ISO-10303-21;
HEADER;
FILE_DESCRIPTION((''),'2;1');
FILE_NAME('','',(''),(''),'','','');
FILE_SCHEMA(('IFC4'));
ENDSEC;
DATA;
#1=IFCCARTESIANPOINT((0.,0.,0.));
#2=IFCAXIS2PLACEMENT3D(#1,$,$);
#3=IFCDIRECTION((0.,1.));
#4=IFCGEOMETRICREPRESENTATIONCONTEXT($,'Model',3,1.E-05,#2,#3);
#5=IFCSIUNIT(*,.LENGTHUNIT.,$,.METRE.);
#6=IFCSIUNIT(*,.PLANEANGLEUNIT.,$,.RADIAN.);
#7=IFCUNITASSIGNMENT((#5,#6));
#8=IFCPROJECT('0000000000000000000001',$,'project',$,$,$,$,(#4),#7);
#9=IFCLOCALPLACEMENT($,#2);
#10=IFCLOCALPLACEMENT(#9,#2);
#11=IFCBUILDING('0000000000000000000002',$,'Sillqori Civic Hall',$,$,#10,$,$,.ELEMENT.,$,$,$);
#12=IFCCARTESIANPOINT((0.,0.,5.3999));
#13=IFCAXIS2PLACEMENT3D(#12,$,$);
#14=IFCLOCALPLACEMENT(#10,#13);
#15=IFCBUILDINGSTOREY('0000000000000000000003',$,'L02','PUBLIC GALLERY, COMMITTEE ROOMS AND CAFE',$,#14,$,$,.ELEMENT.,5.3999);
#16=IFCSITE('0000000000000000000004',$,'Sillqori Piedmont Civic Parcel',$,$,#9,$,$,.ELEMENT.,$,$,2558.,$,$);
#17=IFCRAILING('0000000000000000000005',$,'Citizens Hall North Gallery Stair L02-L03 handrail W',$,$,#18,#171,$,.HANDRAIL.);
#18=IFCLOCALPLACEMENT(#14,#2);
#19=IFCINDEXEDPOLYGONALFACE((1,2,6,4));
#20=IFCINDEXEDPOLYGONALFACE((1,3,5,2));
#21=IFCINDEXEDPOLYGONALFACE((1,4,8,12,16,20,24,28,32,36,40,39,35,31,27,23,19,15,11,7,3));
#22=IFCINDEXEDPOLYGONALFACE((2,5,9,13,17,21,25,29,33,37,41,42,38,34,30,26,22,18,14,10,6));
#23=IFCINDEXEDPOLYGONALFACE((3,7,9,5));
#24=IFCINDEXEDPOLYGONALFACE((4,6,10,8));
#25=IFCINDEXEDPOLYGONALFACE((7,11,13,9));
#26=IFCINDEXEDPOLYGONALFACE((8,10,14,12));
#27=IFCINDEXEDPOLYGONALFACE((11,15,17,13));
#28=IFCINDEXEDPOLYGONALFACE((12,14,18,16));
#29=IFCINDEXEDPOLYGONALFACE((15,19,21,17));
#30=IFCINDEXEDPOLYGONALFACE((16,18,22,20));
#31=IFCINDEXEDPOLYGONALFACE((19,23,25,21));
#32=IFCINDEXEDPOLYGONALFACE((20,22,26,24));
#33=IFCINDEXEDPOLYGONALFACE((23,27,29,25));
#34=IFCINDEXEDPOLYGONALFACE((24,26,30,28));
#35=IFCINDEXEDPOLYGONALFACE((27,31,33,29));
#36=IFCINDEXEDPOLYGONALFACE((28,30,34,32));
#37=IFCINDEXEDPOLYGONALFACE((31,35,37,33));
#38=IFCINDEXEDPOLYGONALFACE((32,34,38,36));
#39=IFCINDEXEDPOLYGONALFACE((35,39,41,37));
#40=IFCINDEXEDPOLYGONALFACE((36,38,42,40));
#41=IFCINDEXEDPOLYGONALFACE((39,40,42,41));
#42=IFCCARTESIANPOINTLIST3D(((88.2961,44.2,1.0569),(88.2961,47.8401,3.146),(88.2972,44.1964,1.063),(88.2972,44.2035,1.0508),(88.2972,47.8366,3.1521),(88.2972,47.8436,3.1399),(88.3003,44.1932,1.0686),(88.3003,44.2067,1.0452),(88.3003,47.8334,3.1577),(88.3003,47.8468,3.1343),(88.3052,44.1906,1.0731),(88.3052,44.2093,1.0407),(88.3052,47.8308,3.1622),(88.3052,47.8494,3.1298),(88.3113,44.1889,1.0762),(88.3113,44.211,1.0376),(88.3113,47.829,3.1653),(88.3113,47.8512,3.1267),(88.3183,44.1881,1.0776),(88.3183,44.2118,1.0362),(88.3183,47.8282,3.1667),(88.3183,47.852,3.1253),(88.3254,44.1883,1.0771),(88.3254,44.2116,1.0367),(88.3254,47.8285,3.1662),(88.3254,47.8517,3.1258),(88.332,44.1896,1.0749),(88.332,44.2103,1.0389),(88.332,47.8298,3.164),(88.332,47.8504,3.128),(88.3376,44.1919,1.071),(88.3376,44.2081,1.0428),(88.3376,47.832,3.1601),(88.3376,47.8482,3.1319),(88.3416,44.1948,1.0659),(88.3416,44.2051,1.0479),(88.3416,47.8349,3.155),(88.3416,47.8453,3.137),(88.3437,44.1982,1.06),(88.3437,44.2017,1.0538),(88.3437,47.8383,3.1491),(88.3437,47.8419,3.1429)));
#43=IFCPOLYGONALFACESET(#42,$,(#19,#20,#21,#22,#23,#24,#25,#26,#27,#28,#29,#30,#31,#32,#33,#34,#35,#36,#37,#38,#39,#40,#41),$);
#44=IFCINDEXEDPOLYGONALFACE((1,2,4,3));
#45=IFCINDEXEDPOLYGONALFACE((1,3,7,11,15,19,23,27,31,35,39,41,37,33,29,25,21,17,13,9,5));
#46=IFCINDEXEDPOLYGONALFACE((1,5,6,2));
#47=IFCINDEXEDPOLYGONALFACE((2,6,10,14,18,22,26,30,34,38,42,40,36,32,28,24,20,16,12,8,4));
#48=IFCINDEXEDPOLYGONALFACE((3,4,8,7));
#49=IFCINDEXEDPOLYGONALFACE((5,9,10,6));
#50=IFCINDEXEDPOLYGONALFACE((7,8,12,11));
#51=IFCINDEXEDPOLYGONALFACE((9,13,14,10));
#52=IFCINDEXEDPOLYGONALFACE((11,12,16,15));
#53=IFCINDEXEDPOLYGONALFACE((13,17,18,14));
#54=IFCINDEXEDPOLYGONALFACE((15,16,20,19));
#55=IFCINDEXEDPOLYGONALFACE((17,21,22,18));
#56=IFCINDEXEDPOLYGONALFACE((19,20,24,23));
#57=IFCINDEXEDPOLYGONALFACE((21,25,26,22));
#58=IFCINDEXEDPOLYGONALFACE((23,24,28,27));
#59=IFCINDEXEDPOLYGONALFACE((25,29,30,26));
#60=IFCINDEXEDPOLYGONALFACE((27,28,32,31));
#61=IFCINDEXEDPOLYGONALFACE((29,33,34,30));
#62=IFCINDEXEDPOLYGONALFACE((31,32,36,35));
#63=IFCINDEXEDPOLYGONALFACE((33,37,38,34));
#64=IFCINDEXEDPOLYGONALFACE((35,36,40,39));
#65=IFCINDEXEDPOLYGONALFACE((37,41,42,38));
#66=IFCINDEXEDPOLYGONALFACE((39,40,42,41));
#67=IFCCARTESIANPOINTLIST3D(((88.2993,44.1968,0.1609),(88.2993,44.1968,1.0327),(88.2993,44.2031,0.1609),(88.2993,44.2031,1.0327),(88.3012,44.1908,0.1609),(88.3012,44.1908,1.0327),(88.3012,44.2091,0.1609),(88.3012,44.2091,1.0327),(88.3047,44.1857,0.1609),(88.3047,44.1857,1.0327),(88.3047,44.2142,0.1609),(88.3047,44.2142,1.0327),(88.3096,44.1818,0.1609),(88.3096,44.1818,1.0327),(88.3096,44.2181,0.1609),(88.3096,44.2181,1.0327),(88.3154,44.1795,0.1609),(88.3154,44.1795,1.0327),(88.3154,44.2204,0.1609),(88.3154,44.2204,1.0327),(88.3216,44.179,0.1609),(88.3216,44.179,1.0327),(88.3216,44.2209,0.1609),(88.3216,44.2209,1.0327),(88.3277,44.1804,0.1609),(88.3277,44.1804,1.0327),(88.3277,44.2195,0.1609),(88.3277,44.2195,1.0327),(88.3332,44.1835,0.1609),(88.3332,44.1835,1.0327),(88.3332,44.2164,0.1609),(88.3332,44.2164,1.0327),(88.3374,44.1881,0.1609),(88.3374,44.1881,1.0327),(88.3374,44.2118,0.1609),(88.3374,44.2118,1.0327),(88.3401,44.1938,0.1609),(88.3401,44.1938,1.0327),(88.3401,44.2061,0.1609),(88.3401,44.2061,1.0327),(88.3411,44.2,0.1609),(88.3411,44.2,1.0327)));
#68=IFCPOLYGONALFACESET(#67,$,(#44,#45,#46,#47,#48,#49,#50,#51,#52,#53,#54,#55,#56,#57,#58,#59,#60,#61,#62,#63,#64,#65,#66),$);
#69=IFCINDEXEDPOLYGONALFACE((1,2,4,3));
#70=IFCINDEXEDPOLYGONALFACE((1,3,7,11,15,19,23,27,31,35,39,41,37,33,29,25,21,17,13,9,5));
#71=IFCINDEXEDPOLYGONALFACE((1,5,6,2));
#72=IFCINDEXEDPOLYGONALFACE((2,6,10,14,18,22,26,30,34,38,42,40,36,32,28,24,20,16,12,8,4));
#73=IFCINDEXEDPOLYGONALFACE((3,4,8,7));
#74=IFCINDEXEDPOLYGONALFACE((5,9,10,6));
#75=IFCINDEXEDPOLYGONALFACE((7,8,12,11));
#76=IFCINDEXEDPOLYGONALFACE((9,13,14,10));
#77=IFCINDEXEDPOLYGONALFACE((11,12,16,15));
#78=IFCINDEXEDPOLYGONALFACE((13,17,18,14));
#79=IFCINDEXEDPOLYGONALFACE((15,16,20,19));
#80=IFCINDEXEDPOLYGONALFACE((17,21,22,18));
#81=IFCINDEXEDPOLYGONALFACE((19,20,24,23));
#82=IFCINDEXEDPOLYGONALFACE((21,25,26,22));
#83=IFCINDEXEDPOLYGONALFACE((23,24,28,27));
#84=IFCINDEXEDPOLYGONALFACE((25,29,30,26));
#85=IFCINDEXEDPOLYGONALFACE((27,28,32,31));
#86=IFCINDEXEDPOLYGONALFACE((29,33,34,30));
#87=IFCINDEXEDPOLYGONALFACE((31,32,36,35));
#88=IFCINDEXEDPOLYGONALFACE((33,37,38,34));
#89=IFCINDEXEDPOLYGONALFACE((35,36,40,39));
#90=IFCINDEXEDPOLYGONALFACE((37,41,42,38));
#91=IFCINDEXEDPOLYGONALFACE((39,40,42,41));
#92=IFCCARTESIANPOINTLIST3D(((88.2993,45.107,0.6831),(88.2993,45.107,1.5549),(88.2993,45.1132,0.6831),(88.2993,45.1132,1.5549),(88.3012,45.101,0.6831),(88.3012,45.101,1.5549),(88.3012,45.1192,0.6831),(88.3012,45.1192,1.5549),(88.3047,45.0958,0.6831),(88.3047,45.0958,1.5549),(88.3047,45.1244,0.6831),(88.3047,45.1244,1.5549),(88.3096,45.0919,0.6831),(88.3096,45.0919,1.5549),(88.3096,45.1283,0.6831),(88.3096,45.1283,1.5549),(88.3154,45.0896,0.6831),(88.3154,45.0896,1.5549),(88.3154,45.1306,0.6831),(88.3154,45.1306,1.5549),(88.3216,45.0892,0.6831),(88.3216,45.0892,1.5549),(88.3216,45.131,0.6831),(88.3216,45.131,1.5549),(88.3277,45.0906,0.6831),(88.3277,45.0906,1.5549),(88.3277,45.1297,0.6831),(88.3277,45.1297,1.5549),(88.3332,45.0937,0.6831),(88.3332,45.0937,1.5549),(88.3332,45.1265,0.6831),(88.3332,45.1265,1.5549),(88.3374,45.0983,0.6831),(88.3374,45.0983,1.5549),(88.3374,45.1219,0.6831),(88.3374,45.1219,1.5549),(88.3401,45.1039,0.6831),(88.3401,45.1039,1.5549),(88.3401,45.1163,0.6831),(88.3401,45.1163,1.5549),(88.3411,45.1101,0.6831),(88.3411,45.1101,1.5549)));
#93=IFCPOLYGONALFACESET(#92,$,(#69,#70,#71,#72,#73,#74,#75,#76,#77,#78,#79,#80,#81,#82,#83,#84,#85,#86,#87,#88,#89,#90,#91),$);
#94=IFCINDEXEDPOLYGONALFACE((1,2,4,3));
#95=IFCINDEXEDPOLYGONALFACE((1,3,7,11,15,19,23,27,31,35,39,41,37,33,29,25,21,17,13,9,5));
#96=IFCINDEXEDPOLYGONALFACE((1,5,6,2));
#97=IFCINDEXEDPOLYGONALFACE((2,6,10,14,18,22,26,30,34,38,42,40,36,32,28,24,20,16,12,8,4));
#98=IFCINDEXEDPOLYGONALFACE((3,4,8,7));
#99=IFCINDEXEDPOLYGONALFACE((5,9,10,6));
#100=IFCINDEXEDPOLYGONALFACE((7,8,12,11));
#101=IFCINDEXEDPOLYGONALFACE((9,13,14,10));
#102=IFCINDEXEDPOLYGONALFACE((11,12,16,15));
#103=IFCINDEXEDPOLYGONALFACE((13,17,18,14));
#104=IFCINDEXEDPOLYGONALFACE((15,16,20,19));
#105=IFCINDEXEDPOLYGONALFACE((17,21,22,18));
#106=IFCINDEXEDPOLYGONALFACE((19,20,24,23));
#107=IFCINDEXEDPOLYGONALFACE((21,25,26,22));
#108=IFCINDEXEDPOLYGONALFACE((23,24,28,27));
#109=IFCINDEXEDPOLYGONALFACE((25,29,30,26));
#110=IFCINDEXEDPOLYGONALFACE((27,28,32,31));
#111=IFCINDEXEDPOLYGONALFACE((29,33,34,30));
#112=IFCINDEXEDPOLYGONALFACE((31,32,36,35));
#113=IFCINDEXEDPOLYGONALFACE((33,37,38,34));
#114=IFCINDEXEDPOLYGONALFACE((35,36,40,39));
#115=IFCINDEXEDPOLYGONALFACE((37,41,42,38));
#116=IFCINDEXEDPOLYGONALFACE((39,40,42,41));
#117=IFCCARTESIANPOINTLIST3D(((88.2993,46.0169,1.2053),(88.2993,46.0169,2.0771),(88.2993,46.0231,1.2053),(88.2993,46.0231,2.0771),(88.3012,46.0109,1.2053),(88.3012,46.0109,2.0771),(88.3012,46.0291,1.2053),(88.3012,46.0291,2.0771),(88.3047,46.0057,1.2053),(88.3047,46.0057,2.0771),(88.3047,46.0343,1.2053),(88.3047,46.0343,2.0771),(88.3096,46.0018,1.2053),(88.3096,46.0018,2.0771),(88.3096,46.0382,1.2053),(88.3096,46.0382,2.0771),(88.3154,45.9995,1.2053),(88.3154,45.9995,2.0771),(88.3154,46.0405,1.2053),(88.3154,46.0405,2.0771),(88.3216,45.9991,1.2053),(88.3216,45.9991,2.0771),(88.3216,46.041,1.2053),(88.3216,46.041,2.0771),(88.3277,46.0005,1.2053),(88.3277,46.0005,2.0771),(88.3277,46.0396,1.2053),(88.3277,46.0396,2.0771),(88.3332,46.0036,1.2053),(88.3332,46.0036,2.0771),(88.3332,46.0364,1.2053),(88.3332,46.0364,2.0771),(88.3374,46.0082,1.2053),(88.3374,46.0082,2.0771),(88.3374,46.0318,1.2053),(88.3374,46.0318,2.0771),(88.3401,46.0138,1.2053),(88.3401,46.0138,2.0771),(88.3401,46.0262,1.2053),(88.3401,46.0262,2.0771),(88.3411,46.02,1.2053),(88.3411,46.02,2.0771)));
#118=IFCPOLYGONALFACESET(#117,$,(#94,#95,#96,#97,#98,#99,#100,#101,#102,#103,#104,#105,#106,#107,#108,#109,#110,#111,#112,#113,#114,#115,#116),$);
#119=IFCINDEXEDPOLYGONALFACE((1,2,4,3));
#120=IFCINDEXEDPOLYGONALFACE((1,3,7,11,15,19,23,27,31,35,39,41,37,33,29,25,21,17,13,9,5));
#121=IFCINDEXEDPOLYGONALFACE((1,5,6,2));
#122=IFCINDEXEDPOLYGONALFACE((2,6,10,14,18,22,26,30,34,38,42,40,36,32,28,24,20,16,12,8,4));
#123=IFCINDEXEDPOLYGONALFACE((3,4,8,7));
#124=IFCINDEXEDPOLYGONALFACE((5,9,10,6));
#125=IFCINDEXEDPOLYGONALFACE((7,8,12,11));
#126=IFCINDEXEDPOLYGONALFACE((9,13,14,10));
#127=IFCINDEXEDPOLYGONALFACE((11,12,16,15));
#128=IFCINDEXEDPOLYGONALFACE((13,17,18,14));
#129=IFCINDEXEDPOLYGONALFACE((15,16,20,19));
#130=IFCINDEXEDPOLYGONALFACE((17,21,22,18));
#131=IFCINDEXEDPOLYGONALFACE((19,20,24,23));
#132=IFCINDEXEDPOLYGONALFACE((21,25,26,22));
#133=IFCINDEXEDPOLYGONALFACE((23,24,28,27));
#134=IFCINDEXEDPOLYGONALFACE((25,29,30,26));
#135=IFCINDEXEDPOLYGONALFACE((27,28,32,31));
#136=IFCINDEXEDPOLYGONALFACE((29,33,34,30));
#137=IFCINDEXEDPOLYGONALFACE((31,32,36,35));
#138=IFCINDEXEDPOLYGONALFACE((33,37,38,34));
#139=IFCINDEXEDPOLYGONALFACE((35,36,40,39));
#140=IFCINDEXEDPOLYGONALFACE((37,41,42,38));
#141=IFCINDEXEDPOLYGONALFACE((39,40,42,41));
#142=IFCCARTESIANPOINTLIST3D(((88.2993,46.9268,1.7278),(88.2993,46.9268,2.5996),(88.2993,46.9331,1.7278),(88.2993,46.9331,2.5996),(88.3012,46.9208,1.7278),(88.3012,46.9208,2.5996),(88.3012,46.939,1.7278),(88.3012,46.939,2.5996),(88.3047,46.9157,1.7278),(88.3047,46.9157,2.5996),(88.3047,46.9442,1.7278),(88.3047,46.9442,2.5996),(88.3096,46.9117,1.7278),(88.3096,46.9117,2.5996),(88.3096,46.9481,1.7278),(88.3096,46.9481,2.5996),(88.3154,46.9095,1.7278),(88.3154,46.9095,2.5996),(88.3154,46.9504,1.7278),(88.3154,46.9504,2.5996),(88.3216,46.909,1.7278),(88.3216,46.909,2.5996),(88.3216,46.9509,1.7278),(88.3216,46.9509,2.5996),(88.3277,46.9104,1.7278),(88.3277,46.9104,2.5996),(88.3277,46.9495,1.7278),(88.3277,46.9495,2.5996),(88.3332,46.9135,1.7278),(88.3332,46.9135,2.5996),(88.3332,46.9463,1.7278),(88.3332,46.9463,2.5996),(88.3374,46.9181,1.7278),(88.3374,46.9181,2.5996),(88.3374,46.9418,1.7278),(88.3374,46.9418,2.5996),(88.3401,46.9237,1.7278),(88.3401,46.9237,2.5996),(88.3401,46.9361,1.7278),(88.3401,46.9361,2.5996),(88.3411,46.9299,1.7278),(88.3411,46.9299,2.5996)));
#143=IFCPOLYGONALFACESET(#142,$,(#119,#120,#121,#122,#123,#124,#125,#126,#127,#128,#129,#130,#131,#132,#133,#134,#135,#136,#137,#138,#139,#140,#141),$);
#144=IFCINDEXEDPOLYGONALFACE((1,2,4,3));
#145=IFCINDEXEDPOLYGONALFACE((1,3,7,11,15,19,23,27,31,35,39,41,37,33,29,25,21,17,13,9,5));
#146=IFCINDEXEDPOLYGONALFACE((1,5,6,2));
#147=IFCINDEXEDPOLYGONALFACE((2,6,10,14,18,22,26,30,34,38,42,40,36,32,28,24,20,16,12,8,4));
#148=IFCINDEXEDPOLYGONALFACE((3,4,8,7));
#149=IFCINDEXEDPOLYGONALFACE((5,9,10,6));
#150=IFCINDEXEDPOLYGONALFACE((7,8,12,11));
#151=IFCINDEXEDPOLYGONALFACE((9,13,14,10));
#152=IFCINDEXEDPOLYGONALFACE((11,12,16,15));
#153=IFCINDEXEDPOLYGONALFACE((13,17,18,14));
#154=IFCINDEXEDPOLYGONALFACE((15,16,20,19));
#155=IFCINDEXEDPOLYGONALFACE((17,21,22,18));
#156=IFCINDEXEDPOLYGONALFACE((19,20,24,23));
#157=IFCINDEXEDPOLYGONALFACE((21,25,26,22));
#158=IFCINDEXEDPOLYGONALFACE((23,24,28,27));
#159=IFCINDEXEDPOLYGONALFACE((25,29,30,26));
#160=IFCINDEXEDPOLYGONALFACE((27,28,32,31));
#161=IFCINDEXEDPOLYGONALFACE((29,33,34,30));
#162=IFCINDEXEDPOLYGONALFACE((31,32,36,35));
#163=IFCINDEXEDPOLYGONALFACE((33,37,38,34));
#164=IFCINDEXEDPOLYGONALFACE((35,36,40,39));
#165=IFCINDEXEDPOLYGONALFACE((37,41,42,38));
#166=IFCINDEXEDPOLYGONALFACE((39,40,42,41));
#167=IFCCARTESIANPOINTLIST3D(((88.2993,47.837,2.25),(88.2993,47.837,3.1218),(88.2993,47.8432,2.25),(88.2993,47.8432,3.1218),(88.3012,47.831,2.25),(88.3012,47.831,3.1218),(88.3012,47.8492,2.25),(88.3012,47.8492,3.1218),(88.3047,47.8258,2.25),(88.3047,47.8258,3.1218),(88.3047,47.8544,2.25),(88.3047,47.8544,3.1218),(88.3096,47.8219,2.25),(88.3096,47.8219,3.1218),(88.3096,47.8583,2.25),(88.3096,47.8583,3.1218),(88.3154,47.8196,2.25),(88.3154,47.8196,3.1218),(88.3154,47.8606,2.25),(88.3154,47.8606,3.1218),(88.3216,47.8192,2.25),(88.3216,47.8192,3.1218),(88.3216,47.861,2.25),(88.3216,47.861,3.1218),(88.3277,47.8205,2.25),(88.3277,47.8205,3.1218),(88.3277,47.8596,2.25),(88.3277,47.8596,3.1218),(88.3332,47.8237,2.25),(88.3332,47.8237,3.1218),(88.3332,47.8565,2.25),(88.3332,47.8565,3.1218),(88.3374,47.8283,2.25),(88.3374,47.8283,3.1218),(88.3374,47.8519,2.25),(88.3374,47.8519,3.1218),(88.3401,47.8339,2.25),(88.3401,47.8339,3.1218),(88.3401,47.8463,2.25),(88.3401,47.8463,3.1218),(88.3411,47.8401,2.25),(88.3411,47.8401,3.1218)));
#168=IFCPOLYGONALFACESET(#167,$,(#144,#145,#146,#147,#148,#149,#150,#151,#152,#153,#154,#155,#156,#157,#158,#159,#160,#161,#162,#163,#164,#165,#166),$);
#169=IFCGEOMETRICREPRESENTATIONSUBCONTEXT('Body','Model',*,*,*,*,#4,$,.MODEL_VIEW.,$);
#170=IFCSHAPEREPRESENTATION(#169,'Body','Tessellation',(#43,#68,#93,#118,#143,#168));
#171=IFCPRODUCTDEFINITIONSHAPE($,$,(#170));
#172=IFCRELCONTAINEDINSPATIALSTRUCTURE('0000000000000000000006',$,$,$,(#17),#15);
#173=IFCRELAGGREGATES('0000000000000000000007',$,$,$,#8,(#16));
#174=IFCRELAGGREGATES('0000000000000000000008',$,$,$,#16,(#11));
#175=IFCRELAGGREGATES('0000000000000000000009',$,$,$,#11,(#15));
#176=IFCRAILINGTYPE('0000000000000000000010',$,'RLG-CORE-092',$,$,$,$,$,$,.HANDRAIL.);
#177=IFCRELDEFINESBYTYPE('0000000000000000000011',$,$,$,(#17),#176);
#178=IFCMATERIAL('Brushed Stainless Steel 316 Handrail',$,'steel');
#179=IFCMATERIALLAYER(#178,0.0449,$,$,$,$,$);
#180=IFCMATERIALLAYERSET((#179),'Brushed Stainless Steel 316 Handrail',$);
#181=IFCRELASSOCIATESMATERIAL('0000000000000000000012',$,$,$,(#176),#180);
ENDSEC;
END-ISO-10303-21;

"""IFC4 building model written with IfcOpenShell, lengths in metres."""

from ifc_helpers import new_model, si_unit, direction, frame, origin, origin_2d, place, context, subcontext, project, spatial, circle, extrude, material, layer, layer_set, type_object, element, save


model = new_model("IFC4")

# Units and contexts
model_context = context("Model", 3, precision=1e-05, world=origin(), true_north=direction((0.0, 1.0)))
body_context = subcontext(model_context, "Body", "Model", "MODEL_VIEW")
ifc_project = project(units=[si_unit("LENGTHUNIT", "METRE"), si_unit("PLANEANGLEUNIT", "RADIAN")], contexts=[model_context])

# Site, building, storey
site_placement = place(None, origin())
site = spatial("IfcSite", under=ifc_project, at=site_placement, Name="Sillqori Piedmont Civic Parcel", CompositionType="ELEMENT", RefElevation=2558.0)
building_placement = place(site_placement, origin())
building = spatial("IfcBuilding", under=site, at=building_placement, Name="Sillqori Civic Hall", CompositionType="ELEMENT")
storey_placement = place(building_placement, frame((0.0, 0.0, 5.3999)))
storey = spatial("IfcBuildingStorey", under=building, at=storey_placement, Name="L02", Description="PUBLIC GALLERY, COMMITTEE ROOMS AND CAFE", CompositionType="ELEMENT", Elevation=5.3999)

# Railing
ifc_material_1 = material(Name="Brushed Stainless Steel 316 Handrail", Category="steel")
ifc_layer_1 = layer(ifc_material_1, 0.0449)
ifc_layer_set_1 = layer_set([ifc_layer_1], Name="Brushed Stainless Steel 316 Handrail")
railing_type_1 = type_object("IfcRailingType", Name="RLG-CORE-092", PredefinedType="HANDRAIL", material=ifc_layer_set_1)
railing_1_placement = place(storey_placement, frame((88.3201, 44.2, 0.1609)))
element("IfcRailing", 1, at=railing_1_placement, inside=storey, type_object=railing_type_1, Name="Citizens Hall North Gallery Stair L02-L03 handrail W", PredefinedType="HANDRAIL", context=body_context, shape_type="SweptSolid", body=[
    extrude(circle(Radius=0.0239, at=origin_2d()), frame((0.0, 0.0, 0.896), z_axis=(0.0, 0.867314, 0.497761), x_axis=(-1.0, 0.0, 0.0)), (0.0, 0.0, 1.0), 4.197),
    extrude(circle(Radius=0.021, at=origin_2d()), origin(), (0.0, 0.0, 1.0), 0.8718),
    extrude(circle(Radius=0.021, at=origin_2d()), frame((0.0, 0.9102, 0.5222)), (0.0, 0.0, 1.0), 0.8718),
    extrude(circle(Radius=0.021, at=origin_2d()), frame((0.0, 1.8201, 1.0444)), (0.0, 0.0, 1.0), 0.8718),
    extrude(circle(Radius=0.021, at=origin_2d()), frame((0.0, 2.73, 1.5669)), (0.0, 0.0, 1.0), 0.8718),
    extrude(circle(Radius=0.021, at=origin_2d()), frame((0.0, 3.6401, 2.0891)), (0.0, 0.0, 1.0), 0.8718),
])

save(model, "model.ifc")
